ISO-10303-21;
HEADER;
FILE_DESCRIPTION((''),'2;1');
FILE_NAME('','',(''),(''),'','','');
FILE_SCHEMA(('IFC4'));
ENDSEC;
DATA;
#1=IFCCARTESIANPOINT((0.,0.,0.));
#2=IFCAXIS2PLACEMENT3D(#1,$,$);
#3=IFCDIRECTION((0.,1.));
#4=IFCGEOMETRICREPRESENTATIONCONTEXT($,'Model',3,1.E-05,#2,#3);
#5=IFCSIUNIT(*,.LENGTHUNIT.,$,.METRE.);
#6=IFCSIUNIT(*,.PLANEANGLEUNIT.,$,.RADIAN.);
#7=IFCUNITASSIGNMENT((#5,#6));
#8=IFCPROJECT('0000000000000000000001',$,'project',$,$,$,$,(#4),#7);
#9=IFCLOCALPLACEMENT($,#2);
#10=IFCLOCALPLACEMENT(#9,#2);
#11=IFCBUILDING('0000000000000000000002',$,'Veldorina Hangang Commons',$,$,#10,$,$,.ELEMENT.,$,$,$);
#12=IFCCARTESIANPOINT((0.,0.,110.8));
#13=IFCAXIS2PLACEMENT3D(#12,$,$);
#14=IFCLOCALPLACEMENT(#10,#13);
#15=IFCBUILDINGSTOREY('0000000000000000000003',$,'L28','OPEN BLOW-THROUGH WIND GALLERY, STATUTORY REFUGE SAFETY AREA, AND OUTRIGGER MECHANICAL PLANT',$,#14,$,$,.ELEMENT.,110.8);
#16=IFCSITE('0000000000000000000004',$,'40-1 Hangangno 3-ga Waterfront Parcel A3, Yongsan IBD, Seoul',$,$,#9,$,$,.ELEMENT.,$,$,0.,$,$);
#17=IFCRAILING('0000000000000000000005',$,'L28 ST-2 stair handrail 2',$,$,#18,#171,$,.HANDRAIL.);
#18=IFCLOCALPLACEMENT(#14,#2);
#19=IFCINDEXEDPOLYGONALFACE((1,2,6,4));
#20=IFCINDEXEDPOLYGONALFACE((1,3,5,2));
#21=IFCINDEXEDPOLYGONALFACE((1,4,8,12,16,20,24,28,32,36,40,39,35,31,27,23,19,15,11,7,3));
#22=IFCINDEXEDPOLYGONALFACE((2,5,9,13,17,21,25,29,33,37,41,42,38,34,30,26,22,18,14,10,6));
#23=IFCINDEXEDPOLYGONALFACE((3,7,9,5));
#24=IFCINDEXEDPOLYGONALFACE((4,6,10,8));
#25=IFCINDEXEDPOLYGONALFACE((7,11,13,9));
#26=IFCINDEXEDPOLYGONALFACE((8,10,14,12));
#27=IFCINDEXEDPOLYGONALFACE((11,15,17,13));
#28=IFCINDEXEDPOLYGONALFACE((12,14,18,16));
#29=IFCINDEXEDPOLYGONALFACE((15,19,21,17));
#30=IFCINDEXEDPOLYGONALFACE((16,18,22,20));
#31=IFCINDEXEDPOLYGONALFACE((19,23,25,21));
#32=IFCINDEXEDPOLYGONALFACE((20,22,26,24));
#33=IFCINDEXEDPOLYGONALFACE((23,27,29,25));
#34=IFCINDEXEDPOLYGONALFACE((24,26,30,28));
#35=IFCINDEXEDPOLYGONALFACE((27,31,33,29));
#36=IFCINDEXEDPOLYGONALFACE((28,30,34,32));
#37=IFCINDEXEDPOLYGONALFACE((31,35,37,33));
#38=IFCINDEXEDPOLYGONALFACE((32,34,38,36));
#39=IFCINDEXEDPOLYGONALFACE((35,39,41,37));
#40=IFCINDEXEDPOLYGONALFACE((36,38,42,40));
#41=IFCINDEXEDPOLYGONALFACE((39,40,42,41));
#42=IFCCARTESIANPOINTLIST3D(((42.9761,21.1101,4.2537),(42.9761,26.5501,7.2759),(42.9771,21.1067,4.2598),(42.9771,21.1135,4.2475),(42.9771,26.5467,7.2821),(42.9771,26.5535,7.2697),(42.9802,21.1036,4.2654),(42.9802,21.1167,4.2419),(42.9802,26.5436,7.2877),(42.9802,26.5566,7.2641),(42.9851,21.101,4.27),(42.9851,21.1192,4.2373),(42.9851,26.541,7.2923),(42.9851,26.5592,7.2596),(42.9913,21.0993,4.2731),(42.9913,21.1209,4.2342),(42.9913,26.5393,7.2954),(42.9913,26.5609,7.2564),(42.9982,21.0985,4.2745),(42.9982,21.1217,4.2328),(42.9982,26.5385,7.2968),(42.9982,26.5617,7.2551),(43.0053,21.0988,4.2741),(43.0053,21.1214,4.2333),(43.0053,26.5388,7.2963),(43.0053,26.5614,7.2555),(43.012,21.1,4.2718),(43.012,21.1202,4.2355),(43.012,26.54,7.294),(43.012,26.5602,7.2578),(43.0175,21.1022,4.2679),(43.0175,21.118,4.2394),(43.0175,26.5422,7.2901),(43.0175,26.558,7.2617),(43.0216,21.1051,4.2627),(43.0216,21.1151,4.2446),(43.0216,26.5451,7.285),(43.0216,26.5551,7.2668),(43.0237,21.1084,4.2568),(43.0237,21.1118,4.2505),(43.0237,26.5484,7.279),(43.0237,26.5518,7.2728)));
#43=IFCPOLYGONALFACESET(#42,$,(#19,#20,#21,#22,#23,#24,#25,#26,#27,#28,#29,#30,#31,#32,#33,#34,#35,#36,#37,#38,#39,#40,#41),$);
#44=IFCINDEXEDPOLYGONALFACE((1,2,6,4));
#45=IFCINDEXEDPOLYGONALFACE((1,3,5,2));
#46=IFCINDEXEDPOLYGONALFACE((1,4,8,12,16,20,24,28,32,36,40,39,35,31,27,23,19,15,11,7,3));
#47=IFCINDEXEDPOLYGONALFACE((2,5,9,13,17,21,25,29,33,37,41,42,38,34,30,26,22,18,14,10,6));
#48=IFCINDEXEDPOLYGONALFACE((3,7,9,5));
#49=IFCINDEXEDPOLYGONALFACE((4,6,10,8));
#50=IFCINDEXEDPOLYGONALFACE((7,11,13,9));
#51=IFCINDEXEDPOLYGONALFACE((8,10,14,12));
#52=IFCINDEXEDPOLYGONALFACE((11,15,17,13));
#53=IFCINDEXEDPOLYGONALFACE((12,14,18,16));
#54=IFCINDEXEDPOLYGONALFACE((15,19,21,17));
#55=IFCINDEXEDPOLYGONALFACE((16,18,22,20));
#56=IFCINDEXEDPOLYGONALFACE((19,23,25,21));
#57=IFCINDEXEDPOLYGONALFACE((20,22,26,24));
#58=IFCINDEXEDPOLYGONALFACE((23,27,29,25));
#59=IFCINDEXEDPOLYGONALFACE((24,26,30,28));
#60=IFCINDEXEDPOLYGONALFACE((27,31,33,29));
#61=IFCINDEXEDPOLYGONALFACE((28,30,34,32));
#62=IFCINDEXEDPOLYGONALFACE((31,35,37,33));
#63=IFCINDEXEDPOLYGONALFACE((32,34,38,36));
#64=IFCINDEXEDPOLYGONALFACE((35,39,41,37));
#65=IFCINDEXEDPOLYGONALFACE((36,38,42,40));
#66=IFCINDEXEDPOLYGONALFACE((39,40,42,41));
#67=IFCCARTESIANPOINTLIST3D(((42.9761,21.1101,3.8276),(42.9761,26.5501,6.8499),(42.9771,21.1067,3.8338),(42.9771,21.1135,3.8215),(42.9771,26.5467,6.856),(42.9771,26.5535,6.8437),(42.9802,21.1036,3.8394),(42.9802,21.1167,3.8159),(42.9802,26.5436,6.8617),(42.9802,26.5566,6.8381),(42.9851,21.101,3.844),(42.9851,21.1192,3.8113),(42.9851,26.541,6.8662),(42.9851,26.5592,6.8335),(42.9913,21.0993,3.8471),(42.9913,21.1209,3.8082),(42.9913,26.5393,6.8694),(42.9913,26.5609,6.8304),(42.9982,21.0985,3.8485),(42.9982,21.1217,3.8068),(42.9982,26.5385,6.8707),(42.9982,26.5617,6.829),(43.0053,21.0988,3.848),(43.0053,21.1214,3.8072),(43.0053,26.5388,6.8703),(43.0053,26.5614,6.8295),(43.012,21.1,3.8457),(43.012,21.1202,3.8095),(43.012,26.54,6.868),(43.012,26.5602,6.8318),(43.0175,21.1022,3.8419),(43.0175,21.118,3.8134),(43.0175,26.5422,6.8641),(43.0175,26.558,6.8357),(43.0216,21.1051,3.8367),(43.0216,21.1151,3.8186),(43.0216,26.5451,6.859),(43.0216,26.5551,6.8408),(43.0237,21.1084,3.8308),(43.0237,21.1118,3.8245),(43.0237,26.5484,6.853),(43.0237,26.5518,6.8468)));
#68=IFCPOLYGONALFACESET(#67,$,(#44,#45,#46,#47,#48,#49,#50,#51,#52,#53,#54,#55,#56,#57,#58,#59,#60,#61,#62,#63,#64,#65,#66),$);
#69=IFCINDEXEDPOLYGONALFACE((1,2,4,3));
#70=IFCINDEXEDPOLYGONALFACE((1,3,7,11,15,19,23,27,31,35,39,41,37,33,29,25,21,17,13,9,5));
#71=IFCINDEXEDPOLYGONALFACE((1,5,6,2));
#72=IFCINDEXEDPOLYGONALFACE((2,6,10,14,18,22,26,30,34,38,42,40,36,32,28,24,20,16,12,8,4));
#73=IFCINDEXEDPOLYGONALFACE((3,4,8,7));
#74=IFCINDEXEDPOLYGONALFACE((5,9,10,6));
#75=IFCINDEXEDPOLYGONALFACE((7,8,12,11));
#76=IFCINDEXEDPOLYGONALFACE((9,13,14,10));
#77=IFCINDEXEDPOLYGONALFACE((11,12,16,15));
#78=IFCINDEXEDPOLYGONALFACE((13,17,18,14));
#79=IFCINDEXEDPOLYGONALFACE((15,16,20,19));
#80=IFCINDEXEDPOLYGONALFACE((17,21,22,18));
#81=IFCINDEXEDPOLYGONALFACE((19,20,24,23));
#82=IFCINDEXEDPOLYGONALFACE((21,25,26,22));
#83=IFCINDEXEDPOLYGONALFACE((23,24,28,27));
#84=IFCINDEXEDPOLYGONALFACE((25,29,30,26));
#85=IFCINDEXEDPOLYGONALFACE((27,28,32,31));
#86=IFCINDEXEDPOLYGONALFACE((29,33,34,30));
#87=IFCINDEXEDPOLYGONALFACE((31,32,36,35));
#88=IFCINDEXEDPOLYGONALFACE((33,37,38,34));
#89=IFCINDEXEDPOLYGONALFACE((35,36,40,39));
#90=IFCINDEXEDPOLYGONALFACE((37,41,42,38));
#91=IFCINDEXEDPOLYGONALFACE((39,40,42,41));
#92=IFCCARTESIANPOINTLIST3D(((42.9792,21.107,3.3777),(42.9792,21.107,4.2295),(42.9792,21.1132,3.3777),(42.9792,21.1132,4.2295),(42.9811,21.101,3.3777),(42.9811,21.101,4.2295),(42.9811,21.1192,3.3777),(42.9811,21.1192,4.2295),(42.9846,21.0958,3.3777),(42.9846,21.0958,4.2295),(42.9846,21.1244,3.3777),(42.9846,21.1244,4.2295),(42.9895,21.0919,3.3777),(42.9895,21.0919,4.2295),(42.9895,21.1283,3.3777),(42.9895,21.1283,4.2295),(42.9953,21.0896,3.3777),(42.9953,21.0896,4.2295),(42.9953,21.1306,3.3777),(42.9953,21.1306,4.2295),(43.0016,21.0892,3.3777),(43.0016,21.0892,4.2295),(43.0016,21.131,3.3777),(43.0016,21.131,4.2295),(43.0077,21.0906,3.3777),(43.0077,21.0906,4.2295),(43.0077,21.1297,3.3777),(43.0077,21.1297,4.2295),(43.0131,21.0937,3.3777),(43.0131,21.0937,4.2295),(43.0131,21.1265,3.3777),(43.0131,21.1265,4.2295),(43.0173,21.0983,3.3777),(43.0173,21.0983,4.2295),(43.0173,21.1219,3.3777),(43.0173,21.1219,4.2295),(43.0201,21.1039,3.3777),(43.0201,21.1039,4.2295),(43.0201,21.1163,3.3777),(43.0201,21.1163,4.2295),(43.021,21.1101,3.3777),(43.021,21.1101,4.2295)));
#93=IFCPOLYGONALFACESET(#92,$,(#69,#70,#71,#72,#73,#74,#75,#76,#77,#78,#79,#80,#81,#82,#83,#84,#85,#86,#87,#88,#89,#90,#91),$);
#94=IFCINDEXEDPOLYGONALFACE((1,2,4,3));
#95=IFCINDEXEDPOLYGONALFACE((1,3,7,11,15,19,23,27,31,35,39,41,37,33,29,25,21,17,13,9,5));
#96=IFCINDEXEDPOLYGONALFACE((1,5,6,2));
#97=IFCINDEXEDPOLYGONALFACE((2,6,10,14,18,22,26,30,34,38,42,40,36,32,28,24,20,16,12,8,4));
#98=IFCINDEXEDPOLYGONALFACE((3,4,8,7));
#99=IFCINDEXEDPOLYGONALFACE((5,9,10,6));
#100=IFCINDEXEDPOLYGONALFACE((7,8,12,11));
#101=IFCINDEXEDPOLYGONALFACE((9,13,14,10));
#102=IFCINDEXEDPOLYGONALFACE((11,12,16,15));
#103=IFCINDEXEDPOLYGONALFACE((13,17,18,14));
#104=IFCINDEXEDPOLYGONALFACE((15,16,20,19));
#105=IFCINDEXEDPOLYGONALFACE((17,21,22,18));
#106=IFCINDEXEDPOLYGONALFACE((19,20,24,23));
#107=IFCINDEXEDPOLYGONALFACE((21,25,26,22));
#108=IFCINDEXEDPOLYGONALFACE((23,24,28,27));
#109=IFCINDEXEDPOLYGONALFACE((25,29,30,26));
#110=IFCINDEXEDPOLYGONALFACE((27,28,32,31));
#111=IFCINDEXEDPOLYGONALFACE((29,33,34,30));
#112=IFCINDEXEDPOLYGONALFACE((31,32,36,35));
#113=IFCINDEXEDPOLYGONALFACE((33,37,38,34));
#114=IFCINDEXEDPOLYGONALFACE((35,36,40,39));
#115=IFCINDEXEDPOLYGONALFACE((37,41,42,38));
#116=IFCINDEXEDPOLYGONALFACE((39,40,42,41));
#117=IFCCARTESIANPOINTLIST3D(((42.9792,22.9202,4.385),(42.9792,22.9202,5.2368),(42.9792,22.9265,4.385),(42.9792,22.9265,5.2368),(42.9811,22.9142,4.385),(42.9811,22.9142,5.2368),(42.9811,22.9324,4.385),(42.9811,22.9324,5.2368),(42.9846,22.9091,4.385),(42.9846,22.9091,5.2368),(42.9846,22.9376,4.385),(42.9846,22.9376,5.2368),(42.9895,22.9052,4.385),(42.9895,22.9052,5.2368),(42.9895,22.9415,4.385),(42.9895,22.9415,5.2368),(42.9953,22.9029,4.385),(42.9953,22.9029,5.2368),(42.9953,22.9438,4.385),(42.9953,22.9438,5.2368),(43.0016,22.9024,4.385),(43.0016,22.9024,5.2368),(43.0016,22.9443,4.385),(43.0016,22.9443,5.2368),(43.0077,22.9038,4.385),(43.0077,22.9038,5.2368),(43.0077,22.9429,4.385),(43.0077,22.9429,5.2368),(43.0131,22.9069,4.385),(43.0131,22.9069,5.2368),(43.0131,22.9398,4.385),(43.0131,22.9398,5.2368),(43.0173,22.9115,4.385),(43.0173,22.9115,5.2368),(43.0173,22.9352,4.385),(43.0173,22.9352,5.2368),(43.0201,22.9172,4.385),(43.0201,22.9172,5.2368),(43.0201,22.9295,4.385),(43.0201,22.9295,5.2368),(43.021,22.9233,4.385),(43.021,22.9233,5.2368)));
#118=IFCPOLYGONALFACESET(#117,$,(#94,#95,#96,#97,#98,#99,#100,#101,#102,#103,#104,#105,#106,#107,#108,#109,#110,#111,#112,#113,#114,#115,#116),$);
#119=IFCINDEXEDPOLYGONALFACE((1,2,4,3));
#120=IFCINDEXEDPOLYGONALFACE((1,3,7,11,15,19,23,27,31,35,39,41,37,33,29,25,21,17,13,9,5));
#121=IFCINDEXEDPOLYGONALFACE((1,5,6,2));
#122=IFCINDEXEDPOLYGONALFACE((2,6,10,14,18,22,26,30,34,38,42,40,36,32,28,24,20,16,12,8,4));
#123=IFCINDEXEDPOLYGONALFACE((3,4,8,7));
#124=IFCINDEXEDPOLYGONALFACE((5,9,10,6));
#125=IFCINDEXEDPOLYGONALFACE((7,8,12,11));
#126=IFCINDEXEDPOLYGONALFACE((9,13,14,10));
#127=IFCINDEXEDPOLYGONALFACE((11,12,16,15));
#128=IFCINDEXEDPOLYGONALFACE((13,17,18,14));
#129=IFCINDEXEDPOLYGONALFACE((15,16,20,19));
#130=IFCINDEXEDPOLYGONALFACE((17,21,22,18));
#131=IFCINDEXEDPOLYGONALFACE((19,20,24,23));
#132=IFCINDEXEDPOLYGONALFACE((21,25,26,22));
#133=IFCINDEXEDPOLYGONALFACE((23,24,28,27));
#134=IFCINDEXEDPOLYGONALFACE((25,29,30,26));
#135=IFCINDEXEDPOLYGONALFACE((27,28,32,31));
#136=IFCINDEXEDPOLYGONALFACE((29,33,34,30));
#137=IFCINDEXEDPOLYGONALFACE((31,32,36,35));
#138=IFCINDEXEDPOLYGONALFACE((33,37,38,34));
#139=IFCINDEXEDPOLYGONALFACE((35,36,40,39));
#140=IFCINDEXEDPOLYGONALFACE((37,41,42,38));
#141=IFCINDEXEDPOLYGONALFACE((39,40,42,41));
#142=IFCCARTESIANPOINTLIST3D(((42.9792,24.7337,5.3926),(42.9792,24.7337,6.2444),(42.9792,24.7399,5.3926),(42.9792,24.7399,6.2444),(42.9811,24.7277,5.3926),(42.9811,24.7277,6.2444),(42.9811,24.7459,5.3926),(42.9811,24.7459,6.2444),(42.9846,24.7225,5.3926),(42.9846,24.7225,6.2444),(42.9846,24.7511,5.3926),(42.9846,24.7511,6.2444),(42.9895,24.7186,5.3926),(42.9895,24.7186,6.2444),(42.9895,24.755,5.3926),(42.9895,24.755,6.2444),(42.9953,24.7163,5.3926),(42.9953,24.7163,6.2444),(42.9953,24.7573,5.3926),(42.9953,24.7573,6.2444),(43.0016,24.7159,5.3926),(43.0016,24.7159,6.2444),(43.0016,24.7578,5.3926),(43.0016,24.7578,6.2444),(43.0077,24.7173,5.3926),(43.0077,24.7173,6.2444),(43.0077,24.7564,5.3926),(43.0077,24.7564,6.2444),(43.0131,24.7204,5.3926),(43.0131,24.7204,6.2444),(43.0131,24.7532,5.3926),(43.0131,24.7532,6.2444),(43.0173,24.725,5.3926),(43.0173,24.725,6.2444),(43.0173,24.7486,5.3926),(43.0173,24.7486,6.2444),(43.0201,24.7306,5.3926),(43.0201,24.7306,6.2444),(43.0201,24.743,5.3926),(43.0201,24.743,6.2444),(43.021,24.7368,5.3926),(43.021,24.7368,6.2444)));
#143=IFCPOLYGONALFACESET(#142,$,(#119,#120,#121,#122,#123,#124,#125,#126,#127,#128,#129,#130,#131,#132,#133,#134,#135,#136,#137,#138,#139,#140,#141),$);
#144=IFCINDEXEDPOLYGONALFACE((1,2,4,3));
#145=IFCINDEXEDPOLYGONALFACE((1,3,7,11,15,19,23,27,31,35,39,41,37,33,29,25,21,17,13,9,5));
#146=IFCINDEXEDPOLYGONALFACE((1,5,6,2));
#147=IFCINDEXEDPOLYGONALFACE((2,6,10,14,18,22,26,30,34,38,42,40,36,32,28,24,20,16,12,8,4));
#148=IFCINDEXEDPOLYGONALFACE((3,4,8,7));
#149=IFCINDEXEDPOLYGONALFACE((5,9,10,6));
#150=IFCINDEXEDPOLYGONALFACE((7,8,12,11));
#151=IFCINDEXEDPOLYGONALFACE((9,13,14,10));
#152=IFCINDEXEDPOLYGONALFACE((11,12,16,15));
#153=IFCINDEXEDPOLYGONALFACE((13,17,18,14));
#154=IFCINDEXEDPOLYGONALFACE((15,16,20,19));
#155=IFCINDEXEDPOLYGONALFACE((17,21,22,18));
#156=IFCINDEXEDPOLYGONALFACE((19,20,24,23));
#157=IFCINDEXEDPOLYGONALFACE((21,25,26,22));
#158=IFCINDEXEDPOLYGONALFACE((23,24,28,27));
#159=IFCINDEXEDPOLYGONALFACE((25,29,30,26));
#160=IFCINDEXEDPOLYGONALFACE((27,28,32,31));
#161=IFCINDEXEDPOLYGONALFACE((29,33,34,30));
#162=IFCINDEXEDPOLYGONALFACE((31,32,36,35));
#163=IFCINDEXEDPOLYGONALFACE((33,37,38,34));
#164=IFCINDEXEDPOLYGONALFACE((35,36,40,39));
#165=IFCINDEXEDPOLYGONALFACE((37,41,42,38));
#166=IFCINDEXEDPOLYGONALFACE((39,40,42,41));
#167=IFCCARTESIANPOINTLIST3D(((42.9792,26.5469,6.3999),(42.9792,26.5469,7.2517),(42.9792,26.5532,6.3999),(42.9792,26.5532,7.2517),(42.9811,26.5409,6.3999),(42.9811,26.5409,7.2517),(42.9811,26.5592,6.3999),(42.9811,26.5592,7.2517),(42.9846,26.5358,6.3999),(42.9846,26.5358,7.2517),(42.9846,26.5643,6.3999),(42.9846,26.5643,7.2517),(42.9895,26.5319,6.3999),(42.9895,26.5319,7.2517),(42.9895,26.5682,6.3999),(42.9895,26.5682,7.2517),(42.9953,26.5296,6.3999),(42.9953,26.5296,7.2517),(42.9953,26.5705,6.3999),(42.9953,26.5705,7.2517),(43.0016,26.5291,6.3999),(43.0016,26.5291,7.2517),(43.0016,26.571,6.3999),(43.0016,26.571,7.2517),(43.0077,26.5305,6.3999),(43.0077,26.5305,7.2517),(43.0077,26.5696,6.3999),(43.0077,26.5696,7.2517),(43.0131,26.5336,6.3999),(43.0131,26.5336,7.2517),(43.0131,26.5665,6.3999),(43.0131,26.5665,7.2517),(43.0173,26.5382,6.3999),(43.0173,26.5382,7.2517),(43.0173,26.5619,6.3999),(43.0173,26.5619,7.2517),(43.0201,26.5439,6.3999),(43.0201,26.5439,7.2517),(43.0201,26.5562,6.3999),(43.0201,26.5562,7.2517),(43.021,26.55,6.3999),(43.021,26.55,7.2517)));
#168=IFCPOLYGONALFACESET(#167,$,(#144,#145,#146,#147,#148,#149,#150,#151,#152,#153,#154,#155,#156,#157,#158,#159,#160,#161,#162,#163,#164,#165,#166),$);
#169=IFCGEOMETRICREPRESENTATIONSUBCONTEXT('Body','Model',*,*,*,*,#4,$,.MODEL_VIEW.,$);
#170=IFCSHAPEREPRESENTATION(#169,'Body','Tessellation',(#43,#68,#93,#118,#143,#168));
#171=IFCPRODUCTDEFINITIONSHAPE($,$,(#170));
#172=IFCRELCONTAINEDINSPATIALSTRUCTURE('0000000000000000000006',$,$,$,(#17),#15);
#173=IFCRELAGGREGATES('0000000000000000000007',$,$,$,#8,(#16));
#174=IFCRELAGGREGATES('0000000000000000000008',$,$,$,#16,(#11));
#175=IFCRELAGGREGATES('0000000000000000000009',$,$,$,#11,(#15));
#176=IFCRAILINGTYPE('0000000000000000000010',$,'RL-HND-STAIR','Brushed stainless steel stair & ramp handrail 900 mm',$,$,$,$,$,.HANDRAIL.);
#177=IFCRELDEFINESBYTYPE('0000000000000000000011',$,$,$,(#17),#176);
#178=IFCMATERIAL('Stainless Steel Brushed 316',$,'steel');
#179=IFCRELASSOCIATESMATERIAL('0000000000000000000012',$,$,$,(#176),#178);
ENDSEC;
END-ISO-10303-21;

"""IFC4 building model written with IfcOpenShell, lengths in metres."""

from ifc_helpers import new_model, si_unit, direction, frame, origin, origin_2d, place, context, subcontext, project, spatial, circle, extrude, material, type_object, element, save


model = new_model("IFC4")

# Units and contexts
model_context = context("Model", 3, precision=1e-05, world=origin(), true_north=direction((0.0, 1.0)))
body_context = subcontext(model_context, "Body", "Model", "MODEL_VIEW")
ifc_project = project(units=[si_unit("LENGTHUNIT", "METRE"), si_unit("PLANEANGLEUNIT", "RADIAN")], contexts=[model_context])

# Site, building, storey
site_placement = place(None, origin())
site = spatial("IfcSite", under=ifc_project, at=site_placement, Name="40-1 Hangangno 3-ga Waterfront Parcel A3, Yongsan IBD, Seoul", CompositionType="ELEMENT", RefElevation=0.0)
building_placement = place(site_placement, origin())
building = spatial("IfcBuilding", under=site, at=building_placement, Name="Veldorina Hangang Commons", CompositionType="ELEMENT")
storey_placement = place(building_placement, frame((0.0, 0.0, 110.8)))
storey = spatial("IfcBuildingStorey", under=building, at=storey_placement, Name="L28", Description="OPEN BLOW-THROUGH WIND GALLERY, STATUTORY REFUGE SAFETY AREA, AND OUTRIGGER MECHANICAL PLANT", CompositionType="ELEMENT", Elevation=110.8)

# Railing
ifc_material_1 = material(Name="Stainless Steel Brushed 316", Category="steel")
railing_type_1 = type_object("IfcRailingType", Name="RL-HND-STAIR", Description="Brushed stainless steel stair & ramp handrail 900 mm", PredefinedType="HANDRAIL", material=ifc_material_1)
railing_1_placement = place(storey_placement, frame((43.0, 21.1101, 3.3777)))
element("IfcRailing", 1, at=railing_1_placement, inside=storey, type_object=railing_type_1, Name="L28 ST-2 stair handrail 2", PredefinedType="HANDRAIL", context=body_context, shape_type="SweptSolid", body=[
    extrude(circle(Radius=0.0239, at=origin_2d()), frame((0.0, 0.0, 0.876), z_axis=(0.0, 0.874155, 0.485646), x_axis=(-1.0, 0.0, 0.0)), (0.0, 0.0, 1.0), 6.2231),
    extrude(circle(Radius=0.0239, at=origin_2d()), frame((0.0, 0.0, 0.45), z_axis=(0.0, 0.874155, 0.485646), x_axis=(-1.0, 0.0, 0.0)), (0.0, 0.0, 1.0), 6.2231),
    extrude(circle(Radius=0.021, at=origin_2d()), origin(), (0.0, 0.0, 1.0), 0.8518),
    extrude(circle(Radius=0.021, at=origin_2d()), frame((0.0, 1.8132, 1.0073)), (0.0, 0.0, 1.0), 0.8518),
    extrude(circle(Radius=0.021, at=origin_2d()), frame((0.0, 3.6267, 2.0149)), (0.0, 0.0, 1.0), 0.8518),
    extrude(circle(Radius=0.021, at=origin_2d()), frame((0.0, 5.4399, 3.0222)), (0.0, 0.0, 1.0), 0.8518),
])

save(model, "model.ifc")
